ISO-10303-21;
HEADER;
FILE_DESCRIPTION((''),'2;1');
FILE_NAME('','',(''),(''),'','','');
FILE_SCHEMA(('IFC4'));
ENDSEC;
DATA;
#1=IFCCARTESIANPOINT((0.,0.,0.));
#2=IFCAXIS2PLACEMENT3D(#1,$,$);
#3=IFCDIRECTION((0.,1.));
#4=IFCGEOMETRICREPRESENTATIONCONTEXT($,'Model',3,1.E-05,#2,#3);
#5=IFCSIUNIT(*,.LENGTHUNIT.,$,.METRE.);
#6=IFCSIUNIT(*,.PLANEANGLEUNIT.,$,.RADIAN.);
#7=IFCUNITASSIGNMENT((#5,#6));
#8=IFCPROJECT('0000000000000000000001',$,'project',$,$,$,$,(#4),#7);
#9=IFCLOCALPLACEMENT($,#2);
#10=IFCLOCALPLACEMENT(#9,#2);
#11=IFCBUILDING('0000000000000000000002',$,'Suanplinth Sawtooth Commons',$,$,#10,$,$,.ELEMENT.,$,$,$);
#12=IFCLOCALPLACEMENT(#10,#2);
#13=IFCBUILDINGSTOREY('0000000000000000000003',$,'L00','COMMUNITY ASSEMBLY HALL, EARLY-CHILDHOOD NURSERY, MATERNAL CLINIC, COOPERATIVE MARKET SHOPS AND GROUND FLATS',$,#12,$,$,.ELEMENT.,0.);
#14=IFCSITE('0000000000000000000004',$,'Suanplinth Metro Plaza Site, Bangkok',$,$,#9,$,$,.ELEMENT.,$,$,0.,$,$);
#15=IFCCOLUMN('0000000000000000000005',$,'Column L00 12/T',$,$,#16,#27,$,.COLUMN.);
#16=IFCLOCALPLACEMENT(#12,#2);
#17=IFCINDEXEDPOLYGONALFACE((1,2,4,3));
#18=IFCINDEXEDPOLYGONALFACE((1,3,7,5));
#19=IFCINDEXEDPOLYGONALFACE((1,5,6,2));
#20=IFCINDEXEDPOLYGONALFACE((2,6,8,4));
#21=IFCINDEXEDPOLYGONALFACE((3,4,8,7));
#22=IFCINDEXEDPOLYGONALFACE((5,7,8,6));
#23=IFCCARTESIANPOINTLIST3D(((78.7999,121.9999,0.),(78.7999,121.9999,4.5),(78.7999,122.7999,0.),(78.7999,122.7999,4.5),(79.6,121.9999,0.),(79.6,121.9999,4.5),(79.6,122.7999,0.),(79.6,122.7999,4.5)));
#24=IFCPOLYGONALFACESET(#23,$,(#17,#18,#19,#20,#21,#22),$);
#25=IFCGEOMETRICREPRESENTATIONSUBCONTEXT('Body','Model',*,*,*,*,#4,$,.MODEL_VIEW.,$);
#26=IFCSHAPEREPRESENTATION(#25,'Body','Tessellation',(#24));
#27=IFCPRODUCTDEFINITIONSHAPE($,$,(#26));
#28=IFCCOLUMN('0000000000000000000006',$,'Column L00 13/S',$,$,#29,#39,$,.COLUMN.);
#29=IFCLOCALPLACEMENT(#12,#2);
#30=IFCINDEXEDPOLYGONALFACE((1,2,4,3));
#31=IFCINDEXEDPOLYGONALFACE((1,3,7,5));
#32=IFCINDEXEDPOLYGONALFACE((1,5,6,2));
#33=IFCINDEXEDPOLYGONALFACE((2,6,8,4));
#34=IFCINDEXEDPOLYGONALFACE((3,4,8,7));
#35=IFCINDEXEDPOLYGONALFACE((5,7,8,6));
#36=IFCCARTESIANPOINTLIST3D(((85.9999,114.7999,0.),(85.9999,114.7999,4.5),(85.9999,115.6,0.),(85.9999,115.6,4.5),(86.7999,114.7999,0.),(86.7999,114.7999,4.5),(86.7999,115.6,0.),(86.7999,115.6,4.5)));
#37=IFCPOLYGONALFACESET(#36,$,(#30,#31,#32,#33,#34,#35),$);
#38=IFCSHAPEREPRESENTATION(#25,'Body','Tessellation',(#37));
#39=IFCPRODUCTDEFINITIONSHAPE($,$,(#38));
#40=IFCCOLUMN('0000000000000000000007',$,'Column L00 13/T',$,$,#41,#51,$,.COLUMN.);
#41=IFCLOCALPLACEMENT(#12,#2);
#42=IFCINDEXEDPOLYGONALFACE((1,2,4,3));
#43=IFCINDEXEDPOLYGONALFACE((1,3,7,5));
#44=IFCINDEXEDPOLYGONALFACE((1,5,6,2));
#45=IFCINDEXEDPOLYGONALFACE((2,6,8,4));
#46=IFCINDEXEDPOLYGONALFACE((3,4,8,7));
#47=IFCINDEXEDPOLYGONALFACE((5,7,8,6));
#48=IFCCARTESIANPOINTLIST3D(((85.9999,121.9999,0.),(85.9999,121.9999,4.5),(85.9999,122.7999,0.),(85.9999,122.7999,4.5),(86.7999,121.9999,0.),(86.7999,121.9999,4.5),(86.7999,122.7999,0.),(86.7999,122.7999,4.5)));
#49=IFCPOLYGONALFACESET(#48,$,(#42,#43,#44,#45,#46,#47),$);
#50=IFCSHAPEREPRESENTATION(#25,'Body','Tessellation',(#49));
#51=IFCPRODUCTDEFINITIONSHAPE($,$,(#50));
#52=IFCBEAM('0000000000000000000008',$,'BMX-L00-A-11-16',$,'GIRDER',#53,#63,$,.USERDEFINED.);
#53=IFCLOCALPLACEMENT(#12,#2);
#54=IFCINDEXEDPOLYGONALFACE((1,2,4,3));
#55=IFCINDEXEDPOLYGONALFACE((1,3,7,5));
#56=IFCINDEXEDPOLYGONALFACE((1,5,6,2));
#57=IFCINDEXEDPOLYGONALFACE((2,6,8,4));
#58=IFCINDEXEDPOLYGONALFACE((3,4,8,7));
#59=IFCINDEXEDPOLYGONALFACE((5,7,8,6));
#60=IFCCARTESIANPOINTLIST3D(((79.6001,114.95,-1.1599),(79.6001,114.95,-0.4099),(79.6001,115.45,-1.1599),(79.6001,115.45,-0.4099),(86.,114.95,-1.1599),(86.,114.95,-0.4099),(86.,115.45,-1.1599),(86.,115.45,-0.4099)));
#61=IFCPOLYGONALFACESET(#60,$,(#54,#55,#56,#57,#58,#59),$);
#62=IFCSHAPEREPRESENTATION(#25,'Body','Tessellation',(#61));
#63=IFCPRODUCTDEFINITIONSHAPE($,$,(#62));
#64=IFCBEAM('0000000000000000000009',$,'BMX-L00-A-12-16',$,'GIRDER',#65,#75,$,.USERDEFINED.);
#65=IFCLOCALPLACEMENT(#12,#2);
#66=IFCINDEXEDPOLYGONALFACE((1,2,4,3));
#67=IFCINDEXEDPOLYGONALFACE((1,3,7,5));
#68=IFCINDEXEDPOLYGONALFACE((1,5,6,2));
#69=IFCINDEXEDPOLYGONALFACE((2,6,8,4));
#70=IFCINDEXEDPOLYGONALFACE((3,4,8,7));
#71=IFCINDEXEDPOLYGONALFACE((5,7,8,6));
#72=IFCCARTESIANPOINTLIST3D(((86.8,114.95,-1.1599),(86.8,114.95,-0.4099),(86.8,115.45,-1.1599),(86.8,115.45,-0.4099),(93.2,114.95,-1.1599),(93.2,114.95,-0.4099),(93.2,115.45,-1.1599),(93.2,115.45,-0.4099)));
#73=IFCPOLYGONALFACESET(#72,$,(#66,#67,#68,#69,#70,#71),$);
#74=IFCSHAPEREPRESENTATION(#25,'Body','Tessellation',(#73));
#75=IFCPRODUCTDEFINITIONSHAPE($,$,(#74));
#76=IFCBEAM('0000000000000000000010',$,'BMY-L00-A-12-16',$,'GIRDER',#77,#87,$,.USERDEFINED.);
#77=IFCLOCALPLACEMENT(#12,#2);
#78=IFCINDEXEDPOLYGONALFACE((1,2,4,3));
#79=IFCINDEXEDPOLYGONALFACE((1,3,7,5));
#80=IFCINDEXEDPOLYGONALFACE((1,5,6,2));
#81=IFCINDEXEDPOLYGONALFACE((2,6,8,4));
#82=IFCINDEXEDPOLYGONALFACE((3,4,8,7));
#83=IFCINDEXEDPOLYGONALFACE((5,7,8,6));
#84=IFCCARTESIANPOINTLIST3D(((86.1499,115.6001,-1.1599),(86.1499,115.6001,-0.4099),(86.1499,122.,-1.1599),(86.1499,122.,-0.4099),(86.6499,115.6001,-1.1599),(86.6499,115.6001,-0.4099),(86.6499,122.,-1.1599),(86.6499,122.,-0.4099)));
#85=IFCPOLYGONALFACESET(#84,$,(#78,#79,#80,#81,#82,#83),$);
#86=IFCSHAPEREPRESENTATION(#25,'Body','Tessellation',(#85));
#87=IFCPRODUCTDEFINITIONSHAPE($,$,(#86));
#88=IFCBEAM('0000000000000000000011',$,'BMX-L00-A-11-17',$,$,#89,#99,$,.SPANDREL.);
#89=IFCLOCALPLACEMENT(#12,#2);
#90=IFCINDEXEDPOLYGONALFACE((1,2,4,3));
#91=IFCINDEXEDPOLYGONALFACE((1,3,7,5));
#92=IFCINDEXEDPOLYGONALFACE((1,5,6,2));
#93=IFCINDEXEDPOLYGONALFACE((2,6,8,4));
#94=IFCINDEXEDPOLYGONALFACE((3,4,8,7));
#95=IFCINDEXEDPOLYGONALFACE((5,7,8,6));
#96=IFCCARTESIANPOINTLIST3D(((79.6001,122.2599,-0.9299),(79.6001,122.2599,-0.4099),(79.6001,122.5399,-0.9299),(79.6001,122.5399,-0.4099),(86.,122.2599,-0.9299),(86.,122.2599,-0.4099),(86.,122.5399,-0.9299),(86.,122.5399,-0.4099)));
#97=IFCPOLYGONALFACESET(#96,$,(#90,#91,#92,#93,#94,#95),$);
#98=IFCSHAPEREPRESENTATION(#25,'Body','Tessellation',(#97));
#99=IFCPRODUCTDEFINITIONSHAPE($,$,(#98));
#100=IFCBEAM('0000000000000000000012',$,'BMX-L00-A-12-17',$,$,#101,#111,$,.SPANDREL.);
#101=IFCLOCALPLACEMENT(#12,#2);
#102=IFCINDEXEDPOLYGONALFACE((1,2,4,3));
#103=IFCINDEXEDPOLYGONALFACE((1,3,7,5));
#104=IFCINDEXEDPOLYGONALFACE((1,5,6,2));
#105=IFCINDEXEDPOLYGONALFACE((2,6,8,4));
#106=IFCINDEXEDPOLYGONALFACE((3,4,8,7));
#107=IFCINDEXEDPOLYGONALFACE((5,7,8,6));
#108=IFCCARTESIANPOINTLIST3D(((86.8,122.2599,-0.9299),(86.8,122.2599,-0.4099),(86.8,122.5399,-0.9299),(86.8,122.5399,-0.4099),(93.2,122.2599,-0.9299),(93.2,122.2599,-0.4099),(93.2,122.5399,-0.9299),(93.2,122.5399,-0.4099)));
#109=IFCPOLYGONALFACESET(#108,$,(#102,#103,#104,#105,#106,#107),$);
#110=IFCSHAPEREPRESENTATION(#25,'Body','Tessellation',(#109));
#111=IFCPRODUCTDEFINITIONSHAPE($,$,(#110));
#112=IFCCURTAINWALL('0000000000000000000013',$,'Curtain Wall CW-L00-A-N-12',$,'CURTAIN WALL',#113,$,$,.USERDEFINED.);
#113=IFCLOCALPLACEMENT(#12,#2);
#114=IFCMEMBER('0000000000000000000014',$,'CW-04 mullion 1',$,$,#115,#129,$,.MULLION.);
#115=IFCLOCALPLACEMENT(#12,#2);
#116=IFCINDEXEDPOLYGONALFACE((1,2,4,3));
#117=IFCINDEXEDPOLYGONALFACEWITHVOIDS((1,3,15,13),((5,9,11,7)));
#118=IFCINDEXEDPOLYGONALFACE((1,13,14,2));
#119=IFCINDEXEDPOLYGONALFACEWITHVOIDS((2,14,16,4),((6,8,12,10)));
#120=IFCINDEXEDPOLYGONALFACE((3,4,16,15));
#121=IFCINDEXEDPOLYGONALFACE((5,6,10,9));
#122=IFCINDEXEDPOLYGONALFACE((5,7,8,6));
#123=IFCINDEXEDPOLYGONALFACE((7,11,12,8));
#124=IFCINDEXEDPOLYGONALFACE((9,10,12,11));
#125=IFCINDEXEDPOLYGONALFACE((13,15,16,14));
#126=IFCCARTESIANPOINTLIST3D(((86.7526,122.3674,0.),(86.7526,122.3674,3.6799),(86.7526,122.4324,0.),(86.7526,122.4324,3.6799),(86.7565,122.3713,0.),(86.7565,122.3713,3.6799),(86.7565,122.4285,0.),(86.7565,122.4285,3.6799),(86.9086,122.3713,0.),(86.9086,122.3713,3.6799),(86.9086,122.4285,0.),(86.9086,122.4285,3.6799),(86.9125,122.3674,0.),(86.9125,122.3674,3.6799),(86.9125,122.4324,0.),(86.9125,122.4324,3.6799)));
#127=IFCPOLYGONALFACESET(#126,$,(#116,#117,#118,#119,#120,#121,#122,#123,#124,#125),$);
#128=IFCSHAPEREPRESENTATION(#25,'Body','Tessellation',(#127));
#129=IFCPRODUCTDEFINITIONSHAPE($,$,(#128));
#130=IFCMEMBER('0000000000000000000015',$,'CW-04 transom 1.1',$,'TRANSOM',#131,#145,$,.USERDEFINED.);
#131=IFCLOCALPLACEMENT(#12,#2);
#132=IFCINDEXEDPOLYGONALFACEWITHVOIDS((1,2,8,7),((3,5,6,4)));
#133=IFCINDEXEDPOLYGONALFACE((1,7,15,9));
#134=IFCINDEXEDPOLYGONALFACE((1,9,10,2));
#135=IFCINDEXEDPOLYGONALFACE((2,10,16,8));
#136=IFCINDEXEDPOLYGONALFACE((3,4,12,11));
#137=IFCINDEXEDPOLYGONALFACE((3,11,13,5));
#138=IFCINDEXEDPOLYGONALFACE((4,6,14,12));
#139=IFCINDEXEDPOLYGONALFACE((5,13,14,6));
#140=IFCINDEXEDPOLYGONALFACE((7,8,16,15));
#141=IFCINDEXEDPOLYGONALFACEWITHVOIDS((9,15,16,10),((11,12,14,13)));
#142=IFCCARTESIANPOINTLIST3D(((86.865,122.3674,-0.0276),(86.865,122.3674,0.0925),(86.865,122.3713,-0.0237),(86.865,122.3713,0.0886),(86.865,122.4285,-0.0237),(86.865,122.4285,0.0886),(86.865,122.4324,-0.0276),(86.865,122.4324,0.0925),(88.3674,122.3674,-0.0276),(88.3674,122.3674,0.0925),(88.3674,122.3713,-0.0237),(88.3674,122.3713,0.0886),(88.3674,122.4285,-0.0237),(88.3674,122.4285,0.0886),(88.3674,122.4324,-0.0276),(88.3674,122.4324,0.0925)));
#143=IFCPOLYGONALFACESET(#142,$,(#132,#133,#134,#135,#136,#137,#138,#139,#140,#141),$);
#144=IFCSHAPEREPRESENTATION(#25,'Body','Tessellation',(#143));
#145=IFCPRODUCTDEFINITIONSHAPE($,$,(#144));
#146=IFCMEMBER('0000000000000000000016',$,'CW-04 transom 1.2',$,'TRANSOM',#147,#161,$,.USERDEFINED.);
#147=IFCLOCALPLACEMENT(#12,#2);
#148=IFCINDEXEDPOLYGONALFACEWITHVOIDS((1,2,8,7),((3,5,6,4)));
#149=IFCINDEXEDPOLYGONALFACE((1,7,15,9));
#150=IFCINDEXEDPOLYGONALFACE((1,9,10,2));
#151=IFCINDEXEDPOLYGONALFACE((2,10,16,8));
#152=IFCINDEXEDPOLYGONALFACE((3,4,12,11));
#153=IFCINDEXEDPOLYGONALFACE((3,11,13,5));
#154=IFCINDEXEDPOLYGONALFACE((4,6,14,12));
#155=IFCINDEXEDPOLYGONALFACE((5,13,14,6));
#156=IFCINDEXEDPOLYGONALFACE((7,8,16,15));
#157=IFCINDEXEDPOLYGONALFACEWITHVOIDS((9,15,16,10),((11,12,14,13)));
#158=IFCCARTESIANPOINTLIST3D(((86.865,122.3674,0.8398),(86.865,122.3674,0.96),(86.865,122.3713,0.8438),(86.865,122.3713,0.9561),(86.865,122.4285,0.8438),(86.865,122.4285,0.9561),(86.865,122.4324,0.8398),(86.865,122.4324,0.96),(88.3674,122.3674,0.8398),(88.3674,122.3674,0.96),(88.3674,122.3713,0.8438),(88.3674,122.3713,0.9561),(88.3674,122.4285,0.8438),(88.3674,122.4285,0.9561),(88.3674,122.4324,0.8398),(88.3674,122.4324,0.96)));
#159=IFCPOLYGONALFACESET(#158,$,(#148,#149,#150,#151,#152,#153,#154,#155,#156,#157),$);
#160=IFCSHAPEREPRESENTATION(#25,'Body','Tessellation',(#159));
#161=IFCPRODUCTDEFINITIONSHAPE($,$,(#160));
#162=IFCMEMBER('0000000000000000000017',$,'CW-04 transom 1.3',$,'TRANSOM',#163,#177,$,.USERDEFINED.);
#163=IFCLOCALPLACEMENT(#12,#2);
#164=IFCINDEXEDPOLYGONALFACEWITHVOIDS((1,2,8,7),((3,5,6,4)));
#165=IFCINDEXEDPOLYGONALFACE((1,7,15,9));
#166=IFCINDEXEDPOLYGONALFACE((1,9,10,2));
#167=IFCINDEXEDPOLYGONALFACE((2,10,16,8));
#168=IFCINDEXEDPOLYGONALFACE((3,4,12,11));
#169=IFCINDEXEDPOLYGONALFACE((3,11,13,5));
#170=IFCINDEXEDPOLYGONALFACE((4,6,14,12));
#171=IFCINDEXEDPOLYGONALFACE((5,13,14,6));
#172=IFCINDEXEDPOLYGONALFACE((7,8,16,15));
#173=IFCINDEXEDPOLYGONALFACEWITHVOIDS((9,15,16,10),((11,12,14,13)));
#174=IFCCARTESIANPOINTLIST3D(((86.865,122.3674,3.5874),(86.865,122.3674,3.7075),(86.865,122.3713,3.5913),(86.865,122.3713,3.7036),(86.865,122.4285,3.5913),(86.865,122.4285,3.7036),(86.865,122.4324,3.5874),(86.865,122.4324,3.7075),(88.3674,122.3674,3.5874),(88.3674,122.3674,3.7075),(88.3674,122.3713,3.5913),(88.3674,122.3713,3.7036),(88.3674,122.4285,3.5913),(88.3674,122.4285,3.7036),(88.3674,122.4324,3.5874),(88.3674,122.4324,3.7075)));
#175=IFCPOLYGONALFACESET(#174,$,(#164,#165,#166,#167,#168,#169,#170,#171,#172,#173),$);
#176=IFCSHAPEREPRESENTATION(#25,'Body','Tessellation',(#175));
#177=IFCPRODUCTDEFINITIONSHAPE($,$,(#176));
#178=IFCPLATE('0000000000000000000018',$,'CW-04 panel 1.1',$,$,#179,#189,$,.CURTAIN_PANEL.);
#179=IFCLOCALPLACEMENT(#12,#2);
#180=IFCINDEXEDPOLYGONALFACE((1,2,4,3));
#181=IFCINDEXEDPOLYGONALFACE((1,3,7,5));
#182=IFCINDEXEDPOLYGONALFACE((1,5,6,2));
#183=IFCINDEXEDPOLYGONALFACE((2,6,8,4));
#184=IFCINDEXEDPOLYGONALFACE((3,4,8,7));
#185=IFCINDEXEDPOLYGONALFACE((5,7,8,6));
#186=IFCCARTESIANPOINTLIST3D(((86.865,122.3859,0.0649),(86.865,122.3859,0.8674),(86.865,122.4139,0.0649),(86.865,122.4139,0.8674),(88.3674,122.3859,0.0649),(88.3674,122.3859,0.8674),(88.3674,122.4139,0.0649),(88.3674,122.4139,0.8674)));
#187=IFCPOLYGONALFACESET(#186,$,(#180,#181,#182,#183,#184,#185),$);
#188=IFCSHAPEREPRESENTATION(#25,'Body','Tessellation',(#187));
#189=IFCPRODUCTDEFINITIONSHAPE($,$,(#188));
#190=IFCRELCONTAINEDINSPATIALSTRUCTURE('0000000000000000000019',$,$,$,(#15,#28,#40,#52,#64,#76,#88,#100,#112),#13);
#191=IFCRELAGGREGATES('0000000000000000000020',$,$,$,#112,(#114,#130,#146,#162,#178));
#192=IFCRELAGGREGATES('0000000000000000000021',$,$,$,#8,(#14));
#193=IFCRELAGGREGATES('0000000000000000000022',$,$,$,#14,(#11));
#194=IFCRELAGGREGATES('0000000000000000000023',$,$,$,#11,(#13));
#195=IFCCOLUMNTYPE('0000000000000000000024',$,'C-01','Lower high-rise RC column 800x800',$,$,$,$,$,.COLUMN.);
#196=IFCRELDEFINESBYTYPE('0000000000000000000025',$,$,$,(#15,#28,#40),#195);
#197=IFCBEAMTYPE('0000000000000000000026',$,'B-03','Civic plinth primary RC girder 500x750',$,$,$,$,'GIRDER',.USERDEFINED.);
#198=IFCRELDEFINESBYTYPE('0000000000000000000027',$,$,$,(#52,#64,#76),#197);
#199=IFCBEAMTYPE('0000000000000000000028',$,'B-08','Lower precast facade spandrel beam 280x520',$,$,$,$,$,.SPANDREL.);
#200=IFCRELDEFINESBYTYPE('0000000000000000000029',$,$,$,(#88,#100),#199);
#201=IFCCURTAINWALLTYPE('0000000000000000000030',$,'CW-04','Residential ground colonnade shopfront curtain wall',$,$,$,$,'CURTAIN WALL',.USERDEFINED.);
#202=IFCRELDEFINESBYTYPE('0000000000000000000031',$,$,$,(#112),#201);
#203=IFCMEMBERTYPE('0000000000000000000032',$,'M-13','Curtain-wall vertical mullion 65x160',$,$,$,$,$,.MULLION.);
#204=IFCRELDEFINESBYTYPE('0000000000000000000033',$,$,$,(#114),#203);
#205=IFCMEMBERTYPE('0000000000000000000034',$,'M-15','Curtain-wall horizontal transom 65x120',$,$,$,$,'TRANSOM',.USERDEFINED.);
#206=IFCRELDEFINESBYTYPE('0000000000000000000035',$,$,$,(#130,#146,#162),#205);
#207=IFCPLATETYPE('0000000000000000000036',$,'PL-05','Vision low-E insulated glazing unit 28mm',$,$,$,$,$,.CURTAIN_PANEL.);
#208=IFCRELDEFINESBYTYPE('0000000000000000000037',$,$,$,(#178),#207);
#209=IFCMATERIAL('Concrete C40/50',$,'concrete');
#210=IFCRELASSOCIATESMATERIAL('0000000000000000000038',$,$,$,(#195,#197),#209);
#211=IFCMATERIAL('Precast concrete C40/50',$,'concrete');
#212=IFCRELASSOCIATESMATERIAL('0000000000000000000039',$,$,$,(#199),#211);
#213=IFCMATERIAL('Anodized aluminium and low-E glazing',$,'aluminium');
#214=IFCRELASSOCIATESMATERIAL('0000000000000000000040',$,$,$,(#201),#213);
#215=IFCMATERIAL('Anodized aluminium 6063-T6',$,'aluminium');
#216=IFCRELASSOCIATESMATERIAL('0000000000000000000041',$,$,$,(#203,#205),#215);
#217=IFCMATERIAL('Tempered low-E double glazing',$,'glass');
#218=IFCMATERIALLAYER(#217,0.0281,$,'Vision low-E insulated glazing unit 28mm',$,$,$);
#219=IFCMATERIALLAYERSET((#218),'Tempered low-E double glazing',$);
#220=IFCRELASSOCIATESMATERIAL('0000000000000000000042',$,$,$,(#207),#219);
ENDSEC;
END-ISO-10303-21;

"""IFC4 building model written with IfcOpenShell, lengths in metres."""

from ifc_helpers import new_model, si_unit, direction, frame, origin, origin_2d, place, context, subcontext, project, spatial, rectangle, hollow_rectangle, extrude, material, layer, layer_set, material_profile, profile_set, type_object, element, aggregate, save


model = new_model("IFC4")

# Units and contexts
model_context = context("Model", 3, precision=1e-05, world=origin(), true_north=direction((0.0, 1.0)))
body_context = subcontext(model_context, "Body", "Model", "MODEL_VIEW")
ifc_project = project(units=[si_unit("LENGTHUNIT", "METRE"), si_unit("PLANEANGLEUNIT", "RADIAN")], contexts=[model_context])

# Site, building, storey
site_placement = place(None, origin())
site = spatial("IfcSite", under=ifc_project, at=site_placement, Name="Suanplinth Metro Plaza Site, Bangkok", CompositionType="ELEMENT", RefElevation=0.0)
building_placement = place(site_placement, origin())
building = spatial("IfcBuilding", under=site, at=building_placement, Name="Suanplinth Sawtooth Commons", CompositionType="ELEMENT")
storey_placement = place(building_placement, origin())
storey = spatial("IfcBuildingStorey", under=building, at=storey_placement, Name="L00", Description="COMMUNITY ASSEMBLY HALL, EARLY-CHILDHOOD NURSERY, MATERNAL CLINIC, COOPERATIVE MARKET SHOPS AND GROUND FLATS", CompositionType="ELEMENT", Elevation=0.0)

# Columns
ifc_material_1 = material(Name="Concrete C40/50", Category="concrete")
ifc_material_profile_1 = material_profile(ifc_material_1, rectangle(XDim=0.8, YDim=0.8, at=origin_2d()), Name="RC-COL 800x800")
ifc_profile_set_1 = profile_set([ifc_material_profile_1], Name="Concrete C40/50")
column_type = type_object("IfcColumnType", Name="C-01", Description="Lower high-rise RC column 800x800", PredefinedType="COLUMN", material=ifc_profile_set_1)
for number, where, z_axis, x_axis, name in (
    (1, (79.2, 122.3999, 0.0), (0.0, 0.0, 1.0), (1.0, 0.0, 0.0), "Column L00 12/T"),
    (2, (86.3999, 115.2, 0.0), (0.0, 0.0, 1.0), (1.0, 0.0, 0.0), "Column L00 13/S"),
    (3, (86.3999, 122.3999, 0.0), (0.0, 0.0, 1.0), (1.0, 0.0, 0.0), "Column L00 13/T"),
):
    element("IfcColumn", number, at=place(storey_placement, frame(where, z_axis=z_axis, x_axis=x_axis)), inside=storey, type_object=column_type, Name=name, PredefinedType="COLUMN", context=body_context, shape_type="SweptSolid", body=[
        extrude(rectangle(XDim=0.8, YDim=0.8, at=origin_2d()), origin(), (0.0, 0.0, 1.0), 4.5),
    ])

# Beams
ifc_material_profile_2 = material_profile(ifc_material_1, rectangle(XDim=0.5, YDim=0.75, at=origin_2d()), Name="RC-GDR 500x750")
ifc_profile_set_2 = profile_set([ifc_material_profile_2], Name="Concrete C40/50")
beam_type_1 = type_object("IfcBeamType", Name="B-03", Description="Civic plinth primary RC girder 500x750", ElementType="GIRDER", PredefinedType="USERDEFINED", material=ifc_profile_set_2)
for number, where, z_axis, x_axis, name in (
    (4, (79.6001, 115.2, -0.7849), (1.0, 0.0, 0.0), (0.0, 1.0, 0.0), "BMX-L00-A-11-16"),
    (5, (86.8, 115.2, -0.7849), (1.0, 0.0, 0.0), (0.0, 1.0, 0.0), "BMX-L00-A-12-16"),
    (6, (86.3999, 115.6001, -0.7849), (0.0, 1.0, 0.0), (-1.0, 0.0, 0.0), "BMY-L00-A-12-16"),
):
    element("IfcBeam", number, at=place(storey_placement, frame(where, z_axis=z_axis, x_axis=x_axis)), inside=storey, type_object=beam_type_1, Name=name, ObjectType="GIRDER", PredefinedType="USERDEFINED", context=body_context, shape_type="SweptSolid", body=[
        extrude(rectangle(XDim=0.5, YDim=0.75, at=origin_2d()), origin(), (0.0, 0.0, 1.0), 6.3999),
    ])
ifc_material_2 = material(Name="Precast concrete C40/50", Category="concrete")
ifc_material_profile_3 = material_profile(ifc_material_2, rectangle(XDim=0.28, YDim=0.52, at=origin_2d()), Name="PC-SP 280x520")
ifc_profile_set_3 = profile_set([ifc_material_profile_3], Name="Precast concrete C40/50")
beam_type_2 = type_object("IfcBeamType", Name="B-08", Description="Lower precast facade spandrel beam 280x520", PredefinedType="SPANDREL", material=ifc_profile_set_3)
for number, where, z_axis, x_axis, name in (
    (7, (79.6001, 122.3999, -0.6699), (1.0, 0.0, 0.0), (0.0, 1.0, 0.0), "BMX-L00-A-11-17"),
    (8, (86.8, 122.3999, -0.6699), (1.0, 0.0, 0.0), (0.0, 1.0, 0.0), "BMX-L00-A-12-17"),
):
    element("IfcBeam", number, at=place(storey_placement, frame(where, z_axis=z_axis, x_axis=x_axis)), inside=storey, type_object=beam_type_2, Name=name, PredefinedType="SPANDREL", context=body_context, shape_type="SweptSolid", body=[
        extrude(rectangle(XDim=0.28, YDim=0.52, at=origin_2d()), origin(), (0.0, 0.0, 1.0), 6.3999),
    ])

# Curtain wall, members, plate
ifc_material_3 = material(Name="Anodized aluminium and low-E glazing", Category="aluminium")
curtain_wall_type = type_object("IfcCurtainWallType", Name="CW-04", Description="Residential ground colonnade shopfront curtain wall", ElementType="CURTAIN WALL", PredefinedType="USERDEFINED", material=ifc_material_3)
curtain_wall_placement = place(storey_placement, origin())
curtain_wall = element("IfcCurtainWall", 9, at=curtain_wall_placement, inside=storey, type_object=curtain_wall_type, Name="Curtain Wall CW-L00-A-N-12", ObjectType="CURTAIN WALL", PredefinedType="USERDEFINED")
ifc_material_4 = material(Name="Anodized aluminium 6063-T6", Category="aluminium")
ifc_material_profile_4 = material_profile(ifc_material_4, hollow_rectangle(XDim=0.0649, YDim=0.1599, WallThickness=0.0039, at=origin_2d()), Name="ALU-MUL 65x160")
ifc_profile_set_4 = profile_set([ifc_material_profile_4], Name="Anodized aluminium 6063-T6")
member_type_1 = type_object("IfcMemberType", Name="M-13", Description="Curtain-wall vertical mullion 65x160", PredefinedType="MULLION", material=ifc_profile_set_4)
member_1_placement = place(storey_placement, frame((86.8325, 122.3999, 0.0), z_axis=(0.0, 0.0, 1.0), x_axis=(0.0, 1.0, 0.0)))
member_1 = element("IfcMember", 10, at=member_1_placement, type_object=member_type_1, Name="CW-04 mullion 1", PredefinedType="MULLION", context=body_context, shape_type="SweptSolid", body=[
    extrude(hollow_rectangle(XDim=0.0649, YDim=0.1599, WallThickness=0.0039, at=origin_2d()), origin(), (0.0, 0.0, 1.0), 3.6799),
])
ifc_material_profile_5 = material_profile(ifc_material_4, hollow_rectangle(XDim=0.0649, YDim=0.1201, WallThickness=0.0039, at=origin_2d()), Name="ALU-TRN 65x120")
ifc_profile_set_5 = profile_set([ifc_material_profile_5], Name="Anodized aluminium 6063-T6")
member_type_2 = type_object("IfcMemberType", Name="M-15", Description="Curtain-wall horizontal transom 65x120", ElementType="TRANSOM", PredefinedType="USERDEFINED", material=ifc_profile_set_5)
member_2_placement = place(storey_placement, frame((86.865, 122.3999, 0.0325), z_axis=(1.0, 0.0, 0.0), x_axis=(0.0, 1.0, 0.0)))
member_2 = element("IfcMember", 11, at=member_2_placement, type_object=member_type_2, Name="CW-04 transom 1.1", ObjectType="TRANSOM", PredefinedType="USERDEFINED", context=body_context, shape_type="SweptSolid", body=[
    extrude(hollow_rectangle(XDim=0.0649, YDim=0.1201, WallThickness=0.0039, at=origin_2d()), origin(), (0.0, 0.0, 1.0), 1.5024),
])
member_3_placement = place(storey_placement, frame((86.865, 122.3999, 0.8999), z_axis=(1.0, 0.0, 0.0), x_axis=(0.0, 1.0, 0.0)))
member_3 = element("IfcMember", 12, at=member_3_placement, type_object=member_type_2, Name="CW-04 transom 1.2", ObjectType="TRANSOM", PredefinedType="USERDEFINED", context=body_context, shape_type="SweptSolid", body=[
    extrude(hollow_rectangle(XDim=0.0649, YDim=0.1201, WallThickness=0.0039, at=origin_2d()), origin(), (0.0, 0.0, 1.0), 1.5024),
])
member_4_placement = place(storey_placement, frame((86.865, 122.3999, 3.6475), z_axis=(1.0, 0.0, 0.0), x_axis=(0.0, 1.0, 0.0)))
member_4 = element("IfcMember", 13, at=member_4_placement, type_object=member_type_2, Name="CW-04 transom 1.3", ObjectType="TRANSOM", PredefinedType="USERDEFINED", context=body_context, shape_type="SweptSolid", body=[
    extrude(hollow_rectangle(XDim=0.0649, YDim=0.1201, WallThickness=0.0039, at=origin_2d()), origin(), (0.0, 0.0, 1.0), 1.5024),
])
ifc_material_5 = material(Name="Tempered low-E double glazing", Category="glass")
ifc_layer_1 = layer(ifc_material_5, 0.0281, Name="Vision low-E insulated glazing unit 28mm")
ifc_layer_set_1 = layer_set([ifc_layer_1], Name="Tempered low-E double glazing")
plate_type = type_object("IfcPlateType", Name="PL-05", Description="Vision low-E insulated glazing unit 28mm", PredefinedType="CURTAIN_PANEL", material=ifc_layer_set_1)
plate_placement = place(storey_placement, frame((87.6162, 122.3999, 0.0649), z_axis=(0.0, 0.0, 1.0), x_axis=(1.0, 0.0, 0.0)))
plate = element("IfcPlate", 14, at=plate_placement, type_object=plate_type, Name="CW-04 panel 1.1", PredefinedType="CURTAIN_PANEL", context=body_context, shape_type="SweptSolid", body=[
    extrude(rectangle(XDim=1.5024, YDim=0.0281, at=origin_2d()), origin(), (0.0, 0.0, 1.0), 0.8025),
])
aggregate(curtain_wall, [member_1, member_2, member_3, member_4, plate])

save(model, "model.ifc")
